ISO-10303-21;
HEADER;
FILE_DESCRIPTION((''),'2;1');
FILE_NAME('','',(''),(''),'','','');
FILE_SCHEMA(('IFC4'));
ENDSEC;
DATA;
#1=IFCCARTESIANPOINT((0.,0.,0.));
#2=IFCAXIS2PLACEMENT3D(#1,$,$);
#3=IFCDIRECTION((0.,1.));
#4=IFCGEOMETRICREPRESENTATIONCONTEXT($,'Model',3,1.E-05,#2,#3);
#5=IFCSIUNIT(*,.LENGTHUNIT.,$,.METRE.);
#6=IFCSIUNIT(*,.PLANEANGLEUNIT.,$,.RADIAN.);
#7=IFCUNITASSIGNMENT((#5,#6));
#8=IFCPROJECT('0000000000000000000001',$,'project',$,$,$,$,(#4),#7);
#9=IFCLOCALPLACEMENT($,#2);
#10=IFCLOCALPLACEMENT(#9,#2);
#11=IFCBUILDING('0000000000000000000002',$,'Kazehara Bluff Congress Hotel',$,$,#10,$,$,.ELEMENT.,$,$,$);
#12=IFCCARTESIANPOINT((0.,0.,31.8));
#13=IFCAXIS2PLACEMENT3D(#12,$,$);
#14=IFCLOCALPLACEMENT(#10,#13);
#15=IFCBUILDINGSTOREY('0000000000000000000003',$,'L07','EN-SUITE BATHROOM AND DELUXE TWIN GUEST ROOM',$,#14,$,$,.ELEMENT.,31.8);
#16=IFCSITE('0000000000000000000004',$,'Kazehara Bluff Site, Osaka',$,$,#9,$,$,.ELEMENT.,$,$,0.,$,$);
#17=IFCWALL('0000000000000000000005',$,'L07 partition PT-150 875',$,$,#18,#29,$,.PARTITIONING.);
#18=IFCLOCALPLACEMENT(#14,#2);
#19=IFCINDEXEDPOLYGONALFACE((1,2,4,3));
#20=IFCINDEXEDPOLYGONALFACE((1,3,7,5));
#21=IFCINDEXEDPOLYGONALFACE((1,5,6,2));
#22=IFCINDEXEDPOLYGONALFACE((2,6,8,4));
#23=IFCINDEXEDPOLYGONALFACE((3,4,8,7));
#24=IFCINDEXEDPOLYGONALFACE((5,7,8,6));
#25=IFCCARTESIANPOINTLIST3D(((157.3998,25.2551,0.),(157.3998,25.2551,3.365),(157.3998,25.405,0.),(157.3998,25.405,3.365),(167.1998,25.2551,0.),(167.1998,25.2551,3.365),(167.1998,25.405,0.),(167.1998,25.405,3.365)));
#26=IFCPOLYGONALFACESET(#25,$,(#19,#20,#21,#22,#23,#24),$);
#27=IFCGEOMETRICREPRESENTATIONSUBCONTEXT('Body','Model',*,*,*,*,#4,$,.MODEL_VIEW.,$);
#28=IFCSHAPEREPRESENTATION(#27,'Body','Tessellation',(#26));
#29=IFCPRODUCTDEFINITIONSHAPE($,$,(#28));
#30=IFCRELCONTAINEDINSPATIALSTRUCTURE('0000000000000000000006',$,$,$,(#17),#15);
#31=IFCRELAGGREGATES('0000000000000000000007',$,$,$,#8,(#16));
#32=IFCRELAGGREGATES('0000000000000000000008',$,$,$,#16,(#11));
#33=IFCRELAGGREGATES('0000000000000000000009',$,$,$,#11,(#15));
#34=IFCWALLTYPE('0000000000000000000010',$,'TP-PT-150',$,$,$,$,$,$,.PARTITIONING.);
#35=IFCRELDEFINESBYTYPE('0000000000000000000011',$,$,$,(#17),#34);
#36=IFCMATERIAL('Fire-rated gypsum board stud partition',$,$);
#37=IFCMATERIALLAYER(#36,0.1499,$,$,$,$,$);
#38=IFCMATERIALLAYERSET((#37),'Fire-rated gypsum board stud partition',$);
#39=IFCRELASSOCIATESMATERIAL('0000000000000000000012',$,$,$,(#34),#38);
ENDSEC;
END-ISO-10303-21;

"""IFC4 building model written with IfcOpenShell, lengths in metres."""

from ifc_helpers import new_model, si_unit, direction, frame, frame_2d, origin, place, context, subcontext, project, spatial, rectangle, extrude, material, layer, layer_set, type_object, element, save


model = new_model("IFC4")

# Units and contexts
model_context = context("Model", 3, precision=1e-05, world=origin(), true_north=direction((0.0, 1.0)))
body_context = subcontext(model_context, "Body", "Model", "MODEL_VIEW")
ifc_project = project(units=[si_unit("LENGTHUNIT", "METRE"), si_unit("PLANEANGLEUNIT", "RADIAN")], contexts=[model_context])

# Site, building, storey
site_placement = place(None, origin())
site = spatial("IfcSite", under=ifc_project, at=site_placement, Name="Kazehara Bluff Site, Osaka", CompositionType="ELEMENT", RefElevation=0.0)
building_placement = place(site_placement, origin())
building = spatial("IfcBuilding", under=site, at=building_placement, Name="Kazehara Bluff Congress Hotel", CompositionType="ELEMENT")
storey_placement = place(building_placement, frame((0.0, 0.0, 31.8)))
storey = spatial("IfcBuildingStorey", under=building, at=storey_placement, Name="L07", Description="EN-SUITE BATHROOM AND DELUXE TWIN GUEST ROOM", CompositionType="ELEMENT", Elevation=31.8)

# Shared definitions
ifc_material_1 = material(Name="Fire-rated gypsum board stud partition")
ifc_layer = layer(ifc_material_1, 0.1499)
ifc_layer_set = layer_set([ifc_layer], Name="Fire-rated gypsum board stud partition")
wall_type = type_object("IfcWallType", Name="TP-PT-150", PredefinedType="PARTITIONING", material=ifc_layer_set)

# Wall
wall_1_placement = place(storey_placement, frame((157.3999, 25.3301, 0.0), z_axis=(0.0, 0.0, 1.0), x_axis=(1.0, 0.0, 0.0)))
element("IfcWall", 1, at=wall_1_placement, inside=storey, type_object=wall_type, Name="L07 partition PT-150 875", PredefinedType="PARTITIONING", context=body_context, shape_type="SweptSolid", body=[
    extrude(rectangle(XDim=9.8, YDim=0.1499, at=frame_2d((4.8999, 0.0))), origin(), (0.0, 0.0, 1.0), 3.365),
])

save(model, "model.ifc")
